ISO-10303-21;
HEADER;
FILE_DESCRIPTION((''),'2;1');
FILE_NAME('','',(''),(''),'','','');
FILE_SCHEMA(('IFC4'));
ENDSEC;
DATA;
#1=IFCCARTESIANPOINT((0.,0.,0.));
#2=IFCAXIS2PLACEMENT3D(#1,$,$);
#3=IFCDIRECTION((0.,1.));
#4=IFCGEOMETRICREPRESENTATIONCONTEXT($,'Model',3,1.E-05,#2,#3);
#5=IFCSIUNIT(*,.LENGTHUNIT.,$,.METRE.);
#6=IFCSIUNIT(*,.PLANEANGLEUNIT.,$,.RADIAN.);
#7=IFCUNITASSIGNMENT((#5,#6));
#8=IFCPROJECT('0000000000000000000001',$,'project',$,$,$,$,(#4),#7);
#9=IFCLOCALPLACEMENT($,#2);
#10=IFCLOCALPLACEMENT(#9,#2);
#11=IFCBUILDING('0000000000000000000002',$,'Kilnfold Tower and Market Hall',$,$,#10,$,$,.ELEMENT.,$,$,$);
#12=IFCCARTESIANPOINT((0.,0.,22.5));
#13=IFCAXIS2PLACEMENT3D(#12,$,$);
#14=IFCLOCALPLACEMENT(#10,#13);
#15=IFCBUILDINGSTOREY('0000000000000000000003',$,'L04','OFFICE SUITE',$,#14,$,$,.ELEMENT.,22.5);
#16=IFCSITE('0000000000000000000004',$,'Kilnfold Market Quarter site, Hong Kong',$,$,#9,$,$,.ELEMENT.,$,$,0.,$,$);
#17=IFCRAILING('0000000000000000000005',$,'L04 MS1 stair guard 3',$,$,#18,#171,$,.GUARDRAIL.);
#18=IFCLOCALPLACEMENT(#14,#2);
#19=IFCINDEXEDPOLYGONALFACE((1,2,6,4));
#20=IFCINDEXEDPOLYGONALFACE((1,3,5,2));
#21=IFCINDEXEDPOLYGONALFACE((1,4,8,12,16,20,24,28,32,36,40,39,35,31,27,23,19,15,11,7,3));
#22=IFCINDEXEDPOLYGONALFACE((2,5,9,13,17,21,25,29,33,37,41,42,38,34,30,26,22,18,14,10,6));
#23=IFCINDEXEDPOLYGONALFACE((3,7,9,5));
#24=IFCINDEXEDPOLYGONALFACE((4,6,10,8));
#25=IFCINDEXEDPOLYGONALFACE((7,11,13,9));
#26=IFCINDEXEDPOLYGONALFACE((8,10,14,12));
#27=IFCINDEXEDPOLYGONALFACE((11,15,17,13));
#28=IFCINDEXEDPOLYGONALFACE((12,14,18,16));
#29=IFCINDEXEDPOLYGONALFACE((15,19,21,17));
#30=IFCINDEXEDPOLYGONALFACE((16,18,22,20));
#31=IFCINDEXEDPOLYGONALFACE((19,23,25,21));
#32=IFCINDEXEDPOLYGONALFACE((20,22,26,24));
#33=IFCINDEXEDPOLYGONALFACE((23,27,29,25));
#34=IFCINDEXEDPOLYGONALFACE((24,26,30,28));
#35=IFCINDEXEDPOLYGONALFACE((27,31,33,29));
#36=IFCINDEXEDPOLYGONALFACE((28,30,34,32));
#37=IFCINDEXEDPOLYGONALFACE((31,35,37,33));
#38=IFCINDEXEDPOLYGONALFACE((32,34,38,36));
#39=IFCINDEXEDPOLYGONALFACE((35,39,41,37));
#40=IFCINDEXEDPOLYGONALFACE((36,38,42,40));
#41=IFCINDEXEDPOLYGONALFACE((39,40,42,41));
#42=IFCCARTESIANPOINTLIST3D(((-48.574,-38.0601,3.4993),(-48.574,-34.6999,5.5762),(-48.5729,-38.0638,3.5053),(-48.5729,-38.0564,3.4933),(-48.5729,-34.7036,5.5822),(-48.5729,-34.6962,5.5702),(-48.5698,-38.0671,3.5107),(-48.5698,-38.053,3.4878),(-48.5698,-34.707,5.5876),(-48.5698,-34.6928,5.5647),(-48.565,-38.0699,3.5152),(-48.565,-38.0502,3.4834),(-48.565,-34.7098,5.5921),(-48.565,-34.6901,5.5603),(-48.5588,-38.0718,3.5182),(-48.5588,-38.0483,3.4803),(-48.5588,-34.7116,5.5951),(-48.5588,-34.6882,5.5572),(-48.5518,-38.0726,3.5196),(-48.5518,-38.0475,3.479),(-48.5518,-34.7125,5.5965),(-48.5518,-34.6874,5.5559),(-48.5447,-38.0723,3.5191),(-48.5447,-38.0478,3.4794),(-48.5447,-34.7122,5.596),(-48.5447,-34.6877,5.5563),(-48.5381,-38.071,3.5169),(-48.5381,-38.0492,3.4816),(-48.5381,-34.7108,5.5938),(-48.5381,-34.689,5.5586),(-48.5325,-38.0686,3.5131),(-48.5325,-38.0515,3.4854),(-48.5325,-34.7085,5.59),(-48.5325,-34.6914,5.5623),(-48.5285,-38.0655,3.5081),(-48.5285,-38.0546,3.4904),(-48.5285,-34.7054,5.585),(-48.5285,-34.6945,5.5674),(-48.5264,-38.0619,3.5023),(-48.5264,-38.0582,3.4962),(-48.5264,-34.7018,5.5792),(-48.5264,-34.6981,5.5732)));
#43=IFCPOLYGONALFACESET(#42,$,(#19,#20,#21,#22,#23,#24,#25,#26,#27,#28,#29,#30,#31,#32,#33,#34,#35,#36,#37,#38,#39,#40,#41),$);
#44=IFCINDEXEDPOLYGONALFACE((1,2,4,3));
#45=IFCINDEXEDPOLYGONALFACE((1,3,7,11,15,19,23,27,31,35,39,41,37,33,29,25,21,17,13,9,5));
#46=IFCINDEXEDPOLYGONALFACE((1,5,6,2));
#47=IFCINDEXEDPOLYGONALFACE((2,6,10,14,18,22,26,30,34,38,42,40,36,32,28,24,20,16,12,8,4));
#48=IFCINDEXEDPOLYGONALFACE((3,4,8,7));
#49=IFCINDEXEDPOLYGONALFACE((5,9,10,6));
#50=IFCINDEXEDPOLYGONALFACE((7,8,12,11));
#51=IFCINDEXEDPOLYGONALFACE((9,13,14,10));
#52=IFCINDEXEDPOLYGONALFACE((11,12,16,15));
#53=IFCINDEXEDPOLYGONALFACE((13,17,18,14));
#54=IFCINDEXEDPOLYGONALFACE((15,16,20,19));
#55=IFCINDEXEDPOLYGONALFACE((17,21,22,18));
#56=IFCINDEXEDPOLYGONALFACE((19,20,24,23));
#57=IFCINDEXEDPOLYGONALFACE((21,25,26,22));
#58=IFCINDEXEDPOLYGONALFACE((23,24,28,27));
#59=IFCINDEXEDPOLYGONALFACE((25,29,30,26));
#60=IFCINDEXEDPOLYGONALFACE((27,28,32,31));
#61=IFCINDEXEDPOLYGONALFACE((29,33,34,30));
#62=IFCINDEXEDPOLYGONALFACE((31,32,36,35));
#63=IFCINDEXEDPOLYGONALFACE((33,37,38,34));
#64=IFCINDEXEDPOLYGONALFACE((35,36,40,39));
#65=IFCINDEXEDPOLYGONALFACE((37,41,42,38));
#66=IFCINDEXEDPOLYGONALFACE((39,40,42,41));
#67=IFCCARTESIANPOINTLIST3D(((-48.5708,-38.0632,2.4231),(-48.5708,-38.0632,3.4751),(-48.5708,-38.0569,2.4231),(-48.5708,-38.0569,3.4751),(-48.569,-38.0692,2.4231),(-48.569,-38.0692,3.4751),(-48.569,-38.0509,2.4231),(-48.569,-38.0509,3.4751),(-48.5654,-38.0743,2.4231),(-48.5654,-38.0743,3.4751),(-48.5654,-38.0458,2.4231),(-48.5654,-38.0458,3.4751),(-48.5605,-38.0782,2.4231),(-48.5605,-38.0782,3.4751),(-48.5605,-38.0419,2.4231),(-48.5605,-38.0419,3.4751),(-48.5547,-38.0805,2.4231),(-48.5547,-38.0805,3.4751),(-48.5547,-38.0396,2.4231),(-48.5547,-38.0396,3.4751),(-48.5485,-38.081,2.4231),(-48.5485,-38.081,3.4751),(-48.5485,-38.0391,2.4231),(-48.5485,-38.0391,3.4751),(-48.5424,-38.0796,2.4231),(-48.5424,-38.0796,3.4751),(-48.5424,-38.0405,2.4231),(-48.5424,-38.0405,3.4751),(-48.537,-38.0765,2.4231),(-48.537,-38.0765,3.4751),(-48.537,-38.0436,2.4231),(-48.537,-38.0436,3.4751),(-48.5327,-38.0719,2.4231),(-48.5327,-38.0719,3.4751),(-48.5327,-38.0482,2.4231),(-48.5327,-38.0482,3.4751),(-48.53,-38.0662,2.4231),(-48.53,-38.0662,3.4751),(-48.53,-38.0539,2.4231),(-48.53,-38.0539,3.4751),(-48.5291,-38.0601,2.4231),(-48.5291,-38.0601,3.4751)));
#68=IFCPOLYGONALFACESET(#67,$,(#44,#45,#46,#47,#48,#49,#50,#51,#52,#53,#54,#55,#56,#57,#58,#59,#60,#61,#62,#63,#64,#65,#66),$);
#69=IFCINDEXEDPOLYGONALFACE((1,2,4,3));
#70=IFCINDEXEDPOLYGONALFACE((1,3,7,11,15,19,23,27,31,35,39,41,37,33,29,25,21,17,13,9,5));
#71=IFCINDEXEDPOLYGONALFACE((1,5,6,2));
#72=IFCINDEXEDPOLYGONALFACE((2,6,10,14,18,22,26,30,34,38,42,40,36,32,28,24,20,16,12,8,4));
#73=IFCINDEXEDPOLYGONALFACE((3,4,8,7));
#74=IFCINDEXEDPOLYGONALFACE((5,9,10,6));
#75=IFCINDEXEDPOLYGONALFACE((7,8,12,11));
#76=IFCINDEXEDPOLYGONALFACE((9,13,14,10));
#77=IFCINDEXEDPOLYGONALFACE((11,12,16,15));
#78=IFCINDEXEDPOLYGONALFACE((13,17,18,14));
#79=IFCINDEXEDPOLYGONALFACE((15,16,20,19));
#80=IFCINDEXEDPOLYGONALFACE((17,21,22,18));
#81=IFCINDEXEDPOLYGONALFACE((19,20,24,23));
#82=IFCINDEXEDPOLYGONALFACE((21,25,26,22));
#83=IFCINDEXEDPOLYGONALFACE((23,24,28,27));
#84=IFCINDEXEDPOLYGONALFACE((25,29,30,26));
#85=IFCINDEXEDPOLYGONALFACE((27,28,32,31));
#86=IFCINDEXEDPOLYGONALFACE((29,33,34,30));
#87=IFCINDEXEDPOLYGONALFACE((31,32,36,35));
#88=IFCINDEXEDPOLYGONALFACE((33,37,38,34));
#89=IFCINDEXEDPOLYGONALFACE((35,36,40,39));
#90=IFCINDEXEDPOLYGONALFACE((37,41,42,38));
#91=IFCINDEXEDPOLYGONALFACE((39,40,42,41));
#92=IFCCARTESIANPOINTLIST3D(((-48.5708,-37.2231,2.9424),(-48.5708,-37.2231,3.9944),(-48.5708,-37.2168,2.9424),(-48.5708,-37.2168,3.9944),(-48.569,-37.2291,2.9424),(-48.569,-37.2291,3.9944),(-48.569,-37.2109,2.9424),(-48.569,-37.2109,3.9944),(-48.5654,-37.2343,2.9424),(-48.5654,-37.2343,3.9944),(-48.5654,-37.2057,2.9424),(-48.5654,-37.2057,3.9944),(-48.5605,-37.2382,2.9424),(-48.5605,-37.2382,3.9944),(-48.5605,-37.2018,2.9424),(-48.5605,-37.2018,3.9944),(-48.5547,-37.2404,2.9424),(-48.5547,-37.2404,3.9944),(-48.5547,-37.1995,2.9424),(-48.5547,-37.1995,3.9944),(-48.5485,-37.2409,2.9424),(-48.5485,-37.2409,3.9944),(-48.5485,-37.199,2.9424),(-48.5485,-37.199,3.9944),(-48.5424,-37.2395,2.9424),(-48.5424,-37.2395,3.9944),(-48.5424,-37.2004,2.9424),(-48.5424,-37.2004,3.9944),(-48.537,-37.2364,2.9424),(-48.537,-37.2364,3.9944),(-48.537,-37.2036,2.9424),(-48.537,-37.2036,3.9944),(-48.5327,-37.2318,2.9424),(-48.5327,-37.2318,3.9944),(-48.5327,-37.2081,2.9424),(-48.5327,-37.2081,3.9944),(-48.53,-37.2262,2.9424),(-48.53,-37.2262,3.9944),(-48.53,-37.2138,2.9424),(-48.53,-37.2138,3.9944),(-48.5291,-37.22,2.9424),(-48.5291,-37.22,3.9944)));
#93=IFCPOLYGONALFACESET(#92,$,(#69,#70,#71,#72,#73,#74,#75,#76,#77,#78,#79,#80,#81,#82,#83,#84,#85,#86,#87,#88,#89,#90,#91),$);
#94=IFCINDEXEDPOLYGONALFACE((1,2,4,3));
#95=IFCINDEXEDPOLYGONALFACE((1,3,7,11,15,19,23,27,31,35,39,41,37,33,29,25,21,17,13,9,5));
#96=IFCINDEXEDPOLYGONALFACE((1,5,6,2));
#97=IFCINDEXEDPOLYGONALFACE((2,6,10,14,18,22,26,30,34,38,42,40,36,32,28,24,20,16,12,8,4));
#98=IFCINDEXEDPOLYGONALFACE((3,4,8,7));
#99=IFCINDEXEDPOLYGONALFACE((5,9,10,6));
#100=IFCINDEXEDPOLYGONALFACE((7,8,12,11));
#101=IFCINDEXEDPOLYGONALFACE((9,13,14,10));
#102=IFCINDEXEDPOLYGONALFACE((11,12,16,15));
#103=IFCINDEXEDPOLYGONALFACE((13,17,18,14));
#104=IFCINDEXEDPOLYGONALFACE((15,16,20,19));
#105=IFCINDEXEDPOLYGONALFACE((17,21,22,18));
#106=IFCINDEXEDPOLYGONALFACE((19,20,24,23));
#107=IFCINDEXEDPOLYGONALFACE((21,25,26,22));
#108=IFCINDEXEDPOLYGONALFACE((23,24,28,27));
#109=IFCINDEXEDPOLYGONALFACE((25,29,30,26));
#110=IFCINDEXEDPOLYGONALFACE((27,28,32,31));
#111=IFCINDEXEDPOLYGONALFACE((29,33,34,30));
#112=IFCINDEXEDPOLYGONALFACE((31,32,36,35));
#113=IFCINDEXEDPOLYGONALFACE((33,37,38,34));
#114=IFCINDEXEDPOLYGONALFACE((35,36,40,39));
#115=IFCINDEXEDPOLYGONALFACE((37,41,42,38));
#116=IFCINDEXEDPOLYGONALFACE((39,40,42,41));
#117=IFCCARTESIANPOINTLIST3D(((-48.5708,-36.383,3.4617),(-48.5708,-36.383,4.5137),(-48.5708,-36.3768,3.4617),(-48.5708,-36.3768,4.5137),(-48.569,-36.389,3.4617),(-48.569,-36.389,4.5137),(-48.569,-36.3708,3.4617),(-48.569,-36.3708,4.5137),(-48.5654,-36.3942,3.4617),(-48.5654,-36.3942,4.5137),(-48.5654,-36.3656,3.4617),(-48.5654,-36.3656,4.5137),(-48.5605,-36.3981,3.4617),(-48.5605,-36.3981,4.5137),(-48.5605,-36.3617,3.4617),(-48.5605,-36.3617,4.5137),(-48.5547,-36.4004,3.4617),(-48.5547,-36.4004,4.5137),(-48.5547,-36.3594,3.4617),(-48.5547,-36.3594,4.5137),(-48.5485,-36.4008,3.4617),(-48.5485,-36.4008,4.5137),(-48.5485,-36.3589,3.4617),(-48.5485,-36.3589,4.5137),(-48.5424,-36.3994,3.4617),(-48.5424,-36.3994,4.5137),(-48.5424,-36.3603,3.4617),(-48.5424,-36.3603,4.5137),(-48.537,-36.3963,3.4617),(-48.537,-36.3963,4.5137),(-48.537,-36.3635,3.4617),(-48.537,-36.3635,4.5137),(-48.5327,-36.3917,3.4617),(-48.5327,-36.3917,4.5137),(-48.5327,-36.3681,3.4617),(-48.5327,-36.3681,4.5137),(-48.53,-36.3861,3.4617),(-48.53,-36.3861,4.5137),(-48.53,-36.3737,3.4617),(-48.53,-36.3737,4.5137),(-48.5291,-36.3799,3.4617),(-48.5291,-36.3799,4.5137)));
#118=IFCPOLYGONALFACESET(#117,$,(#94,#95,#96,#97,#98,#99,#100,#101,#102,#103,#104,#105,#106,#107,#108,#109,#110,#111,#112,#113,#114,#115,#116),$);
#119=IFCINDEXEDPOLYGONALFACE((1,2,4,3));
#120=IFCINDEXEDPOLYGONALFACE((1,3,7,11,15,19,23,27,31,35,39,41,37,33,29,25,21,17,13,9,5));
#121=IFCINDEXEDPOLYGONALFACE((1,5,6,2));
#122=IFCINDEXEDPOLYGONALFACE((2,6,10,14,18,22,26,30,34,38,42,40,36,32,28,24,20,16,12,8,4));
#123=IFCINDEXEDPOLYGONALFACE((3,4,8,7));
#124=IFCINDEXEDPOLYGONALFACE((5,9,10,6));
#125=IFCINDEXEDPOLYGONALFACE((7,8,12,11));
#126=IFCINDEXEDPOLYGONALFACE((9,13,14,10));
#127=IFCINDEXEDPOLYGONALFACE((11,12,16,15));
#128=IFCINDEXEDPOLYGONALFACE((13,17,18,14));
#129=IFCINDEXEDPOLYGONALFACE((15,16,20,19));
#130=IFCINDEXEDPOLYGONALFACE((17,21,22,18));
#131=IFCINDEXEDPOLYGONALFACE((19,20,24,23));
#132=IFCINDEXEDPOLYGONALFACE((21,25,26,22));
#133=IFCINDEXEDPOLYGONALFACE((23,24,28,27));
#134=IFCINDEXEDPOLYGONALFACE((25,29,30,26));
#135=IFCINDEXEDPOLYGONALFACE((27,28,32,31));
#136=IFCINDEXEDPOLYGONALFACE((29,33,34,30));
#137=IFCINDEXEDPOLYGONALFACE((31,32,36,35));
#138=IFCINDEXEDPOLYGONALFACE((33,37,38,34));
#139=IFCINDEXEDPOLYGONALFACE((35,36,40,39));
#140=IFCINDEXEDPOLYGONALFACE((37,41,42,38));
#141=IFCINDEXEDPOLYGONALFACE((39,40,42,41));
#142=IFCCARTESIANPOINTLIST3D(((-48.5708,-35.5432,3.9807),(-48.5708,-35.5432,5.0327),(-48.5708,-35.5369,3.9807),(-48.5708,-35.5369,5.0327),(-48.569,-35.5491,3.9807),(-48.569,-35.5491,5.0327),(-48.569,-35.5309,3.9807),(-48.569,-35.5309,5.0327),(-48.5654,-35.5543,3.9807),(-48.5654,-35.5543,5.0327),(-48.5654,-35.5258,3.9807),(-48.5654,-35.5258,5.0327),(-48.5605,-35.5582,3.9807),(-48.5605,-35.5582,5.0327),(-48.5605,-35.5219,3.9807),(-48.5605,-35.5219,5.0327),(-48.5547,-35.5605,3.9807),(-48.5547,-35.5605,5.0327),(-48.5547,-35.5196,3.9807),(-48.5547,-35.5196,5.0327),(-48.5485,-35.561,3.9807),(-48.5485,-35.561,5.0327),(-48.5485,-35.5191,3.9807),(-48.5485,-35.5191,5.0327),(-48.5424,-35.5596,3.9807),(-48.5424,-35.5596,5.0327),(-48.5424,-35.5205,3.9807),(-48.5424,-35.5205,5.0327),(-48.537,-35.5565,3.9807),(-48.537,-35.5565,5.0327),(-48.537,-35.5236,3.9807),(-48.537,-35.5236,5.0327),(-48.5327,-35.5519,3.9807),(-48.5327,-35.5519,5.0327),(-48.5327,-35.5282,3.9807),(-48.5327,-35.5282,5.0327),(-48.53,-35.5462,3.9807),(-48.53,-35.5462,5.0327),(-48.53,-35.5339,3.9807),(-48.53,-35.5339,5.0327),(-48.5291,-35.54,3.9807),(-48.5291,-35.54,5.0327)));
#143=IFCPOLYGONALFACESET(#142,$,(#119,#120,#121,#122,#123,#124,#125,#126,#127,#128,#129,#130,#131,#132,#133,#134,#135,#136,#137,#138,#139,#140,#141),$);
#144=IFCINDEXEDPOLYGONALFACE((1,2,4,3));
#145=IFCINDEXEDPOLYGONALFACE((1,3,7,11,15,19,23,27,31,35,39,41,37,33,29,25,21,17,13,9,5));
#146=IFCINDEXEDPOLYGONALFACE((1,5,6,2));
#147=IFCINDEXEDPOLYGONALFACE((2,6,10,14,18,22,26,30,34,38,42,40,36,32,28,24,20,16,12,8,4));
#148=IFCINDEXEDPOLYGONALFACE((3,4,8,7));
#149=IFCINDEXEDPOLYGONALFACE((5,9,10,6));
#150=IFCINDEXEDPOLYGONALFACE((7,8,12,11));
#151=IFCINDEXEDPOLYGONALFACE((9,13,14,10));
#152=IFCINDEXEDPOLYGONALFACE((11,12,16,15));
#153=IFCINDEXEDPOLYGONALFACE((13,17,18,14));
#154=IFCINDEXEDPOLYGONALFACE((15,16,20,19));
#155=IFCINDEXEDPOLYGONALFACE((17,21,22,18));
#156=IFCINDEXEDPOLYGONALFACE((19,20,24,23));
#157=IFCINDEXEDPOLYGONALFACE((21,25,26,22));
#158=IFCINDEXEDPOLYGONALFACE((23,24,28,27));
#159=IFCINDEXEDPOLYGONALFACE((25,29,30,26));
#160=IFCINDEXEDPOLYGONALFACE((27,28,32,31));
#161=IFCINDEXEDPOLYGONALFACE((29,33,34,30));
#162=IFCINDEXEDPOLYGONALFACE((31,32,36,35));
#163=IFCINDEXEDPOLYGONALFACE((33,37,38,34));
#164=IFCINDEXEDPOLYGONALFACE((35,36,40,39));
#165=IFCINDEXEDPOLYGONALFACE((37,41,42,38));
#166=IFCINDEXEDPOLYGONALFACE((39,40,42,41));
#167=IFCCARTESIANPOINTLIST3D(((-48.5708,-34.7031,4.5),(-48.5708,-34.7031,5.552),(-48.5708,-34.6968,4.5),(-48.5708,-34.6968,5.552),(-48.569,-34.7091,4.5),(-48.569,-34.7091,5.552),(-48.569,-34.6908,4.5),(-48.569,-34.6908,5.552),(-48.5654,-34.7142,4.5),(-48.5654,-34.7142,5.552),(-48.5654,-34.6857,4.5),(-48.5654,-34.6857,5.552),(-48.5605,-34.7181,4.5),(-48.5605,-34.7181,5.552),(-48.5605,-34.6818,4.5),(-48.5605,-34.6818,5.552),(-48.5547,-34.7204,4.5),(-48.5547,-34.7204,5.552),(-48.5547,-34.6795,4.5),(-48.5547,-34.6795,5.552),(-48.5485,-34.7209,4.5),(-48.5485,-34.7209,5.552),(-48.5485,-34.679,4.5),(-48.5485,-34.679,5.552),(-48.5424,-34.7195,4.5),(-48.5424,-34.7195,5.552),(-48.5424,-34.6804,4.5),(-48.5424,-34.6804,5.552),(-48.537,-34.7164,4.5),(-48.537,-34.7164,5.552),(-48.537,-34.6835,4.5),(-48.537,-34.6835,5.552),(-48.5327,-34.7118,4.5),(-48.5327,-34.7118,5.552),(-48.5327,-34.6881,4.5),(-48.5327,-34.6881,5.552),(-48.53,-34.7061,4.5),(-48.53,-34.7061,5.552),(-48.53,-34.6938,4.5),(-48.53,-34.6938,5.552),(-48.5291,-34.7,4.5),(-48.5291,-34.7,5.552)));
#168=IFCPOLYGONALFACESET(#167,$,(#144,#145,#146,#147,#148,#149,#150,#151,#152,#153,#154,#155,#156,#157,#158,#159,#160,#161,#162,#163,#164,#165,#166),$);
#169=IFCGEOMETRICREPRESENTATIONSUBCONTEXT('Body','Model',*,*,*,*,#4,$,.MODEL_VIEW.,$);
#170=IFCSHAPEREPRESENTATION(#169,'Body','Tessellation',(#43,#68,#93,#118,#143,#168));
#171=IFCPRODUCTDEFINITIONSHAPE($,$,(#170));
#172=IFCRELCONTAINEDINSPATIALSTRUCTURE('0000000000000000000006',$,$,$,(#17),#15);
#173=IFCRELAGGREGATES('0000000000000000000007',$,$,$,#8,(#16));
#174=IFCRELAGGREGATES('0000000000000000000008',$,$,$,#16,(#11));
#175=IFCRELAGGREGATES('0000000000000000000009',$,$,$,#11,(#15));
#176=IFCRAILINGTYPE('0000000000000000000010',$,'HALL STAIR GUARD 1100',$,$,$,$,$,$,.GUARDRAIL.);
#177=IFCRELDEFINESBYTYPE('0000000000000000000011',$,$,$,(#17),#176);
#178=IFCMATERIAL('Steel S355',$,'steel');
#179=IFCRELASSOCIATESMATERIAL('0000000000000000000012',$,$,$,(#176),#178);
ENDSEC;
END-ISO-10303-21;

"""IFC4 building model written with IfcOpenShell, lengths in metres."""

from ifc_helpers import new_model, si_unit, direction, frame, origin, origin_2d, place, context, subcontext, project, spatial, circle, extrude, material, type_object, element, save


model = new_model("IFC4")

# Units and contexts
model_context = context("Model", 3, precision=1e-05, world=origin(), true_north=direction((0.0, 1.0)))
body_context = subcontext(model_context, "Body", "Model", "MODEL_VIEW")
ifc_project = project(units=[si_unit("LENGTHUNIT", "METRE"), si_unit("PLANEANGLEUNIT", "RADIAN")], contexts=[model_context])

# Site, building, storey
site_placement = place(None, origin())
site = spatial("IfcSite", under=ifc_project, at=site_placement, Name="Kilnfold Market Quarter site, Hong Kong", CompositionType="ELEMENT", RefElevation=0.0)
building_placement = place(site_placement, origin())
building = spatial("IfcBuilding", under=site, at=building_placement, Name="Kilnfold Tower and Market Hall", CompositionType="ELEMENT")
storey_placement = place(building_placement, frame((0.0, 0.0, 22.5)))
storey = spatial("IfcBuildingStorey", under=building, at=storey_placement, Name="L04", Description="OFFICE SUITE", CompositionType="ELEMENT", Elevation=22.5)

# Railing
ifc_material_1 = material(Name="Steel S355", Category="steel")
railing_type_1 = type_object("IfcRailingType", Name="HALL STAIR GUARD 1100", PredefinedType="GUARDRAIL", material=ifc_material_1)
railing_1_placement = place(storey_placement, frame((-48.55, -38.0601, 2.4231)))
element("IfcRailing", 1, at=railing_1_placement, inside=storey, type_object=railing_type_1, Name="L04 MS1 stair guard 3", PredefinedType="GUARDRAIL", context=body_context, shape_type="SweptSolid", body=[
    extrude(circle(Radius=0.0239, at=origin_2d()), frame((0.0, 0.0, 1.0762), z_axis=(0.0, 0.850623, 0.525776), x_axis=(-1.0, 0.0, 0.0)), (0.0, 0.0, 1.0), 3.9502),
    extrude(circle(Radius=0.021, at=origin_2d()), origin(), (0.0, 0.0, 1.0), 1.052),
    extrude(circle(Radius=0.021, at=origin_2d()), frame((0.0, 0.8401, 0.5193)), (0.0, 0.0, 1.0), 1.052),
    extrude(circle(Radius=0.021, at=origin_2d()), frame((0.0, 1.6802, 1.0386)), (0.0, 0.0, 1.0), 1.052),
    extrude(circle(Radius=0.021, at=origin_2d()), frame((0.0, 2.52, 1.5576)), (0.0, 0.0, 1.0), 1.052),
    extrude(circle(Radius=0.021, at=origin_2d()), frame((0.0, 3.3601, 2.0769)), (0.0, 0.0, 1.0), 1.052),
])

save(model, "model.ifc")
